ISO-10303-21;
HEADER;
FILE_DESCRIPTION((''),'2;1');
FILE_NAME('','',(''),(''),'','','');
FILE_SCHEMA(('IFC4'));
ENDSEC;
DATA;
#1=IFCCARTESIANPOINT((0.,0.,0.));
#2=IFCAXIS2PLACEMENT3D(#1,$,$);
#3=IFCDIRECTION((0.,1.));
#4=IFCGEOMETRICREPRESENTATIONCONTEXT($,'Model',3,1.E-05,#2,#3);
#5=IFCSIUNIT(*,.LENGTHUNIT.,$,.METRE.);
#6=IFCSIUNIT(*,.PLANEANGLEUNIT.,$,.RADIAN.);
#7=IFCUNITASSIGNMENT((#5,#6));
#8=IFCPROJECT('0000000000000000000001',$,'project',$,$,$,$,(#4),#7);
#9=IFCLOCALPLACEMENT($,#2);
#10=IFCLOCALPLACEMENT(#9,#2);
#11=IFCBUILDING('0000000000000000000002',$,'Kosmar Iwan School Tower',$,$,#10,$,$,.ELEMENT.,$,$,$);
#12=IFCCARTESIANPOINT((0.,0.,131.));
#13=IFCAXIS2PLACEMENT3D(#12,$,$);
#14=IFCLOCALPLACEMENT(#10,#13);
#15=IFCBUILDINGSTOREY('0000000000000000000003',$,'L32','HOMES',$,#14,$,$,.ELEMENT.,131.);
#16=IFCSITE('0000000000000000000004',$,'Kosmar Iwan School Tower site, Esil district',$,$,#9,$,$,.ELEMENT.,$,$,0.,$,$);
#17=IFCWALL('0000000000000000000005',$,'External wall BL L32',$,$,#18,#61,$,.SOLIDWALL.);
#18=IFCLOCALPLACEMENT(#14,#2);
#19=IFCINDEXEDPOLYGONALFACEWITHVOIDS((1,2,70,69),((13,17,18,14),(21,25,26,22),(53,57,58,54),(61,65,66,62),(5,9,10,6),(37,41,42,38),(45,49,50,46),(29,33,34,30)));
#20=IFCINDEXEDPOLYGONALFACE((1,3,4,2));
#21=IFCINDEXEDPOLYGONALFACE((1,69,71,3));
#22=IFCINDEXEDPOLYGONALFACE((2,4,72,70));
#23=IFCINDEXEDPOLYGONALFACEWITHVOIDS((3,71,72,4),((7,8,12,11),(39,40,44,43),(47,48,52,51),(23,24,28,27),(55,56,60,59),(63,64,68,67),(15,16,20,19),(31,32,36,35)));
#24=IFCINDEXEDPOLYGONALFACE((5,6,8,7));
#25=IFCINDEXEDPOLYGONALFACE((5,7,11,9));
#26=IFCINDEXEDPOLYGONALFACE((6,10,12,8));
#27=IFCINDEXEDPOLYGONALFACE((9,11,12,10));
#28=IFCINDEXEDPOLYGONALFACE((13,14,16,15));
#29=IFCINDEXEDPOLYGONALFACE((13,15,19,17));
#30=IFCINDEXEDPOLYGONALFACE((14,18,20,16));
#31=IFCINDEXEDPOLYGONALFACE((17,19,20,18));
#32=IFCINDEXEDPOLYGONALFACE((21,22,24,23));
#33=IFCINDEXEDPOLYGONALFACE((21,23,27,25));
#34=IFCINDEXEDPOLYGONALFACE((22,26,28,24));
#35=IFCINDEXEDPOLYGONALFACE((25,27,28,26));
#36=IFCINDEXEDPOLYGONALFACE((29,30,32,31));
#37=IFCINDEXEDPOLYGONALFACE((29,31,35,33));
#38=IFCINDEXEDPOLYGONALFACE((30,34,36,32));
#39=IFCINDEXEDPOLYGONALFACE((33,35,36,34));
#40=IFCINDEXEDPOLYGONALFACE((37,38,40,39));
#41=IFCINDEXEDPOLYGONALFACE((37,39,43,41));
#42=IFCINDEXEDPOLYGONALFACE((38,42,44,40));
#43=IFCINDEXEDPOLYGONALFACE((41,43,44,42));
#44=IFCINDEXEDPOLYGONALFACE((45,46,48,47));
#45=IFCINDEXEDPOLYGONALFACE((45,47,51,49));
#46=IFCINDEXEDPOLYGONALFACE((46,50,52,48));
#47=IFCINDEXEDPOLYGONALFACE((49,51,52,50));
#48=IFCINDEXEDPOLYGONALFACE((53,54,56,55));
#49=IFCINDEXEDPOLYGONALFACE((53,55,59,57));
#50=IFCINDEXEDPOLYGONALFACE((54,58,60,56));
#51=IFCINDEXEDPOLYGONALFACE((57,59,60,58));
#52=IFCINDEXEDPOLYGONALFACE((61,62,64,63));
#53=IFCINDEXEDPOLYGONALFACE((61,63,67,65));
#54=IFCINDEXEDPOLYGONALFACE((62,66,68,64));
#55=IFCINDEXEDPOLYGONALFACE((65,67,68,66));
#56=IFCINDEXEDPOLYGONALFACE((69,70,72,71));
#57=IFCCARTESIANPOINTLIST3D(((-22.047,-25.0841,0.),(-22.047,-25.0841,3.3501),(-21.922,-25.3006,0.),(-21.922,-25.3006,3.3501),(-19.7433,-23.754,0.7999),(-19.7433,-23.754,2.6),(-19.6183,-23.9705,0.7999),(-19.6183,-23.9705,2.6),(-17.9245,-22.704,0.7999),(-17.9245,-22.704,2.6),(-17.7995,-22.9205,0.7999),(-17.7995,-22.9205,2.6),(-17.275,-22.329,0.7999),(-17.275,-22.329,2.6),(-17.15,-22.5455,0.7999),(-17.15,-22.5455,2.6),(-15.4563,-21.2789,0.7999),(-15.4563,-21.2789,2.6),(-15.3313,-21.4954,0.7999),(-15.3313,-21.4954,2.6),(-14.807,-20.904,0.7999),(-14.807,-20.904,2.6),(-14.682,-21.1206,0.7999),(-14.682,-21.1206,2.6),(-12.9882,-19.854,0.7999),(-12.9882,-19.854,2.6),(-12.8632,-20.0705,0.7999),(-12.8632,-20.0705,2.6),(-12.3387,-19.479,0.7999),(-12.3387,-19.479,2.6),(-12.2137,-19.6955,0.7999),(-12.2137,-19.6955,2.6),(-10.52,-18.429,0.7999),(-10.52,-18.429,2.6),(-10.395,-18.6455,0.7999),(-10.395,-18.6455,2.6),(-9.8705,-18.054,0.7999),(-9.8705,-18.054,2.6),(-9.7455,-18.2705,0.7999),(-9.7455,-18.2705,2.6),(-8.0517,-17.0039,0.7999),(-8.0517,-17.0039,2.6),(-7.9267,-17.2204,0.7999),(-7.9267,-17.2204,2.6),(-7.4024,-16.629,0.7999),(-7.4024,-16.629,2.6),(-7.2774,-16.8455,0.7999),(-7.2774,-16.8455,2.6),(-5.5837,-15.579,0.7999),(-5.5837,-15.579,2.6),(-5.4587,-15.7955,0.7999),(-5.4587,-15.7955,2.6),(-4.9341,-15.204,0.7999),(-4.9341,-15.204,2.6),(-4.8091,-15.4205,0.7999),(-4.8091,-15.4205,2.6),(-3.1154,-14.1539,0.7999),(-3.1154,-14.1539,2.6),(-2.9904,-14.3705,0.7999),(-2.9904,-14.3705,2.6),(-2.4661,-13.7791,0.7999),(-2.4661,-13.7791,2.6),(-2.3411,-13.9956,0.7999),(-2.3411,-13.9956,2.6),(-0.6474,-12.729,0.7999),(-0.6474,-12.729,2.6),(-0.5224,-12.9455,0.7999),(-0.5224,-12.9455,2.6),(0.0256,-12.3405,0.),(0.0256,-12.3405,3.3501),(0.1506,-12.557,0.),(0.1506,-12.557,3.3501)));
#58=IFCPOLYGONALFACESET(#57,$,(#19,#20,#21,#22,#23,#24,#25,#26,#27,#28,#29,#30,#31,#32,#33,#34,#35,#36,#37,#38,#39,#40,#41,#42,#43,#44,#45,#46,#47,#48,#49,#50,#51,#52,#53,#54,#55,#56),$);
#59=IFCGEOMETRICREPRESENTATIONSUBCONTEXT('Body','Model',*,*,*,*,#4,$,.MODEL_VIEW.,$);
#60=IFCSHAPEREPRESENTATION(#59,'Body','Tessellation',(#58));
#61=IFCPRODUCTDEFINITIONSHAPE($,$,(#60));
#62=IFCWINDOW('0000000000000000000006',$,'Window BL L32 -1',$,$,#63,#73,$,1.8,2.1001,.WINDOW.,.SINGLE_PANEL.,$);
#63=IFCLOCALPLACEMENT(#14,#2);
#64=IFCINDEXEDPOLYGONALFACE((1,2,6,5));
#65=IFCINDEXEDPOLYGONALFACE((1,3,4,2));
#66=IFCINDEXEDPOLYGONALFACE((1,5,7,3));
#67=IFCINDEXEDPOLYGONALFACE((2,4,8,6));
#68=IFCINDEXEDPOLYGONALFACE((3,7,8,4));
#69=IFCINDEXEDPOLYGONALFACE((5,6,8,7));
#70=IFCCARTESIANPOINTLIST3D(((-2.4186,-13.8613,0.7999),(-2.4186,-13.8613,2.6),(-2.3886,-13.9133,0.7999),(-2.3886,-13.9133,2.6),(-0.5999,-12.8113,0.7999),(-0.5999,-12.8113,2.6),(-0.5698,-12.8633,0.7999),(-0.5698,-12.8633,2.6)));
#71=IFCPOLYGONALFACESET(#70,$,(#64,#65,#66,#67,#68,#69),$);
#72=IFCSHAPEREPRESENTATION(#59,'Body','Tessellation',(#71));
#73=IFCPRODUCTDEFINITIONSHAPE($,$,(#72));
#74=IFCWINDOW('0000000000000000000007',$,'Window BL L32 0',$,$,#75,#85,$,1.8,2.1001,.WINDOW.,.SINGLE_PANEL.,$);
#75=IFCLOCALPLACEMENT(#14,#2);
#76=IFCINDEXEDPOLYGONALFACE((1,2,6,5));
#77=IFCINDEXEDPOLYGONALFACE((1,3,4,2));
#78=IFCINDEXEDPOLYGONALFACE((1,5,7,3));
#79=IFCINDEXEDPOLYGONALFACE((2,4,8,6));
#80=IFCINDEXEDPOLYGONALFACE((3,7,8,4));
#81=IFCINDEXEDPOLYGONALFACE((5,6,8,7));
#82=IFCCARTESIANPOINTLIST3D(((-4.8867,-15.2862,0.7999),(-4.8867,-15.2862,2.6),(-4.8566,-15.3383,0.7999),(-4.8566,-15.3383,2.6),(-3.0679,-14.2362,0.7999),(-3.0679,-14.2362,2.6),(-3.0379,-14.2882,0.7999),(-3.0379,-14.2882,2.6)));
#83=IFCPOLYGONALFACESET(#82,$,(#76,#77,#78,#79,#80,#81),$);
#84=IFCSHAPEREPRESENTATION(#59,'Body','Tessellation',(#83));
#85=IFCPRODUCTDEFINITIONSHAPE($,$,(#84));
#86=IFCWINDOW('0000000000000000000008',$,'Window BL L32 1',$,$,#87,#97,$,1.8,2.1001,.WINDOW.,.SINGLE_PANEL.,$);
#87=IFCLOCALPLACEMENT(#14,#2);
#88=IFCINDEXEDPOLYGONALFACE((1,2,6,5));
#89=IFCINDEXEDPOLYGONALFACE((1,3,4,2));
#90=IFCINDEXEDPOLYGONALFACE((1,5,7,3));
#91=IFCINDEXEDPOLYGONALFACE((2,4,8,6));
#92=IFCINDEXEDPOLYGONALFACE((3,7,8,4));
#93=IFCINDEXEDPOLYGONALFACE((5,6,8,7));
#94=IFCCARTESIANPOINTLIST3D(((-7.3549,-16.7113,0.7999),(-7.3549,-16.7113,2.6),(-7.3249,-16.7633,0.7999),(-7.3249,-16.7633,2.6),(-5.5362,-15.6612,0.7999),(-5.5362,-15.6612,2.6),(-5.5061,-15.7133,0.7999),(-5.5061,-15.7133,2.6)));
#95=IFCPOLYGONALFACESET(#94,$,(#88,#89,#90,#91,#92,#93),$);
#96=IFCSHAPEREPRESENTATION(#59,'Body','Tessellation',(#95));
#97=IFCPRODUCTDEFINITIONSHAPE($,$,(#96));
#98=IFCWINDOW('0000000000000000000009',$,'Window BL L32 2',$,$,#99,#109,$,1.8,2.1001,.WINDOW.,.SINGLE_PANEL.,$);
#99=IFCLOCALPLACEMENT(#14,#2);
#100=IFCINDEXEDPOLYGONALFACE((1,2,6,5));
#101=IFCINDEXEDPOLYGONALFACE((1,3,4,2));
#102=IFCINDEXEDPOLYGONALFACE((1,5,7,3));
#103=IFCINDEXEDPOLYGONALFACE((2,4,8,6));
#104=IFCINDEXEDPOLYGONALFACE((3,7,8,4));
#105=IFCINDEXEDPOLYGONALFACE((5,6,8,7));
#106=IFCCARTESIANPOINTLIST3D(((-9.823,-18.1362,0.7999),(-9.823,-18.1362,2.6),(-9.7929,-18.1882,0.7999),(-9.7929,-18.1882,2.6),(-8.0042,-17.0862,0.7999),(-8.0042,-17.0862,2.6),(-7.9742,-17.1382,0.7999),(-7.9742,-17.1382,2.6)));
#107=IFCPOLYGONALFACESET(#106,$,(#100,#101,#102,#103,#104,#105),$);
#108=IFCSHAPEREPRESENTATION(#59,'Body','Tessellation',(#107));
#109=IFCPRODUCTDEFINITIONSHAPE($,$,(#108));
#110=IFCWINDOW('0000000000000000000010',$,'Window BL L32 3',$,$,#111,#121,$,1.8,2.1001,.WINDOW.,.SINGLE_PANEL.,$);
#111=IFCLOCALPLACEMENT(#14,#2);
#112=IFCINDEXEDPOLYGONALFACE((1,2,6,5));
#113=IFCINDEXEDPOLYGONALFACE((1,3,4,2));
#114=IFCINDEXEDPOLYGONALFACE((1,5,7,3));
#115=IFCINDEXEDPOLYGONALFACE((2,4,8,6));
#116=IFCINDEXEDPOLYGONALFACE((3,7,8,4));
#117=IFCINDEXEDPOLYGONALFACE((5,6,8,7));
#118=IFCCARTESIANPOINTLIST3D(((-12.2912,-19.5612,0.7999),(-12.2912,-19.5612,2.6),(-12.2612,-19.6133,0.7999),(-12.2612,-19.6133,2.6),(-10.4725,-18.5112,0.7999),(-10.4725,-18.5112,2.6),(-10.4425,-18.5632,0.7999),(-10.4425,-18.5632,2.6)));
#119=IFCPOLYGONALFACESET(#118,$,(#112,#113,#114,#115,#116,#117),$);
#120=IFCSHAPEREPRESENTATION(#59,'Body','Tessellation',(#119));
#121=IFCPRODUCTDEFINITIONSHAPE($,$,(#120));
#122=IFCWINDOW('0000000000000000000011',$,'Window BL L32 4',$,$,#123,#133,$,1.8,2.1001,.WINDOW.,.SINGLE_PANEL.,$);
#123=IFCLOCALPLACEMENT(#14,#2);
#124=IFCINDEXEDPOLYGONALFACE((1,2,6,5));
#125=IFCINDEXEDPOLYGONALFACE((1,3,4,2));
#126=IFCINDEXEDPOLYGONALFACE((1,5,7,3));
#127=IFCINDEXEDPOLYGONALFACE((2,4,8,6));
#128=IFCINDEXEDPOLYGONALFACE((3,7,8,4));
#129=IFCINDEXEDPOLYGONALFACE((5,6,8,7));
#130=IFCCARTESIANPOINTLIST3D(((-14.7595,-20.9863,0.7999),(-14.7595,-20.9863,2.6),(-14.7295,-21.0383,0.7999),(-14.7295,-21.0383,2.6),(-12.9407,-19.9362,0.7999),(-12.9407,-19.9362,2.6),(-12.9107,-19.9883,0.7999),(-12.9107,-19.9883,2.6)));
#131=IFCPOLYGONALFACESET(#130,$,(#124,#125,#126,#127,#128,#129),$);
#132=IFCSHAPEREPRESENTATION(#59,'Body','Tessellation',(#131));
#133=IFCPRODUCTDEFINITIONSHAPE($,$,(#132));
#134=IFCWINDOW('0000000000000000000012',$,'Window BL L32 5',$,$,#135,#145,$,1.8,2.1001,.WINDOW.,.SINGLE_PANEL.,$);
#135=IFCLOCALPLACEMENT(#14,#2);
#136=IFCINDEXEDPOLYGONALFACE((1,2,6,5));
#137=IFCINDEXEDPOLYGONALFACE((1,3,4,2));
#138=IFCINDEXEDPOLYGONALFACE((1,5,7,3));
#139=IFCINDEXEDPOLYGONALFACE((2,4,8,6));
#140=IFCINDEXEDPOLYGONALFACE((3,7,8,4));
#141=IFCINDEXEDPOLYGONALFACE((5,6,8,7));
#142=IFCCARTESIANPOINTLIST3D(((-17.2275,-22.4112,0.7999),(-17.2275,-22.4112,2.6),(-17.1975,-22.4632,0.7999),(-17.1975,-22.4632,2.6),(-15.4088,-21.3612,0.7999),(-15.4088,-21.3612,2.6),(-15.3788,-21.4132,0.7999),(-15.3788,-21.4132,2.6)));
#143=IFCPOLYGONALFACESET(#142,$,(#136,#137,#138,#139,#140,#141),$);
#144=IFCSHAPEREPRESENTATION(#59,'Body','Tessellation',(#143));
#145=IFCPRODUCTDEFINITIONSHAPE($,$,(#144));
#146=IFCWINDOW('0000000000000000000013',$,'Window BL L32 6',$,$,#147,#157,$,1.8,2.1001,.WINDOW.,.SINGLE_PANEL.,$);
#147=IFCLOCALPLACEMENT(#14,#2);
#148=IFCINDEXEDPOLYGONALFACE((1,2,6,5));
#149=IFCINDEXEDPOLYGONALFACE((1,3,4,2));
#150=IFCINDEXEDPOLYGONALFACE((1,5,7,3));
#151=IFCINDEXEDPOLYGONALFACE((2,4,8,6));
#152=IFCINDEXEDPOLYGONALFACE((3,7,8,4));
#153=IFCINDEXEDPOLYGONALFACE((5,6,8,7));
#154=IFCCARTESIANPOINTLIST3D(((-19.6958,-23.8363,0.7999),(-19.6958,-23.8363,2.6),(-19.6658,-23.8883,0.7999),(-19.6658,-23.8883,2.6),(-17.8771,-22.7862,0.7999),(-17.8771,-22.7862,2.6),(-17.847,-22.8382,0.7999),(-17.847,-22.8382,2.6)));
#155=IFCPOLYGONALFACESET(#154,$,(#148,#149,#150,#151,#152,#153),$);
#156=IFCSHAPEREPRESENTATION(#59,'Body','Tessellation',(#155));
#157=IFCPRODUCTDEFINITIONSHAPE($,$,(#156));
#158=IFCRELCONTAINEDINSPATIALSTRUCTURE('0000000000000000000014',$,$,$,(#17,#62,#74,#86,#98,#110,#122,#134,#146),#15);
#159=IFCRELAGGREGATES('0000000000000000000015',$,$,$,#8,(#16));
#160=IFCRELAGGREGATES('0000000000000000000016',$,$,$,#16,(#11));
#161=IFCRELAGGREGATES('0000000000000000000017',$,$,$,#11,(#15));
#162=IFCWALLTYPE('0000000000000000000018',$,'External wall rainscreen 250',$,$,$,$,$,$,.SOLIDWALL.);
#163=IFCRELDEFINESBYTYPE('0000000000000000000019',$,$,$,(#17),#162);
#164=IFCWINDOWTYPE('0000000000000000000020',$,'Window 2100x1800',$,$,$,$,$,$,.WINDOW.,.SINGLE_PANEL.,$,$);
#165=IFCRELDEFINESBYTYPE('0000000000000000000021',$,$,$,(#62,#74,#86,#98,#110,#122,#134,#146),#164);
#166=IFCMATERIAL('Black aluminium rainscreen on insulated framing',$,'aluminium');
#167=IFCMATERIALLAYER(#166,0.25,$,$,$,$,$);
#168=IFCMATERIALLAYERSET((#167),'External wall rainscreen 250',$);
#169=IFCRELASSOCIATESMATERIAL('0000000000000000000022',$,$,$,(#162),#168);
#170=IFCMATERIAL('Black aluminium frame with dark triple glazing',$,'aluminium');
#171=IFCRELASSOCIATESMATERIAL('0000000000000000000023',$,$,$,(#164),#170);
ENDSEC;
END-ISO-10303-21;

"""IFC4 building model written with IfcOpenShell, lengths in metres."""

from ifc_helpers import new_model, si_unit, direction, frame, frame_2d, origin, place, context, subcontext, project, spatial, rectangle, extrude, material, layer, layer_set, type_object, element, fill, save


model = new_model("IFC4")

# Units and contexts
model_context = context("Model", 3, precision=1e-05, world=origin(), true_north=direction((0.0, 1.0)))
body_context = subcontext(model_context, "Body", "Model", "MODEL_VIEW")
ifc_project = project(units=[si_unit("LENGTHUNIT", "METRE"), si_unit("PLANEANGLEUNIT", "RADIAN")], contexts=[model_context])

# Site, building, storey
site_placement = place(None, origin())
site = spatial("IfcSite", under=ifc_project, at=site_placement, Name="Kosmar Iwan School Tower site, Esil district", CompositionType="ELEMENT", RefElevation=0.0)
building_placement = place(site_placement, origin())
building = spatial("IfcBuilding", under=site, at=building_placement, Name="Kosmar Iwan School Tower", CompositionType="ELEMENT")
storey_placement = place(building_placement, frame((0.0, 0.0, 131.0)))
storey = spatial("IfcBuildingStorey", under=building, at=storey_placement, Name="L32", Description="HOMES", CompositionType="ELEMENT", Elevation=131.0)

# Wall, openings, windows
ifc_material_1 = material(Name="Black aluminium rainscreen on insulated framing", Category="aluminium")
ifc_layer = layer(ifc_material_1, 0.25)
ifc_layer_set = layer_set([ifc_layer], Name="External wall rainscreen 250")
wall_type = type_object("IfcWallType", Name="External wall rainscreen 250", PredefinedType="SOLIDWALL", material=ifc_layer_set)
wall_1_placement = place(storey_placement, frame((0.0881, -12.4487, 0.0), z_axis=(0.0, 0.0, 1.0), x_axis=(-0.866026, -0.499998, 0.0)))
wall_1 = element("IfcWall", 1, at=wall_1_placement, inside=storey, type_object=wall_type, Name="External wall BL L32", PredefinedType="SOLIDWALL", context=body_context, shape_type="SweptSolid", body=[
    extrude(rectangle(XDim=25.4873, YDim=0.25, at=frame_2d((12.7437, 0.0))), origin(), (0.0, 0.0, 1.0), 3.3501),
])
opening_1_placement = place(wall_1_placement, frame((0.7771, 0.0, 0.8)))
opening_1 = element("IfcOpeningElement", 2, at=opening_1_placement, cuts=wall_1, PredefinedType="OPENING", context=body_context, shape_type="SweptSolid", body=[
    extrude(rectangle(XDim=2.1001, YDim=1.8, at=frame_2d((1.05, 0.8999))), frame((0.0, 0.137, 0.0), z_axis=(0.0, -1.0, 0.0), x_axis=(1.0, 0.0, 0.0)), (0.0, 0.0, 1.0), 0.2739),
])
opening_2_placement = place(wall_1_placement, frame((3.627, 0.0, 0.8)))
opening_2 = element("IfcOpeningElement", 3, at=opening_2_placement, cuts=wall_1, PredefinedType="OPENING", context=body_context, shape_type="SweptSolid", body=[
    extrude(rectangle(XDim=2.1001, YDim=1.8, at=frame_2d((1.05, 0.8999))), frame((0.0, 0.137, 0.0), z_axis=(0.0, -1.0, 0.0), x_axis=(1.0, 0.0, 0.0)), (0.0, 0.0, 1.0), 0.2739),
])
opening_3_placement = place(wall_1_placement, frame((6.4771, 0.0, 0.8)))
opening_3 = element("IfcOpeningElement", 4, at=opening_3_placement, cuts=wall_1, PredefinedType="OPENING", context=body_context, shape_type="SweptSolid", body=[
    extrude(rectangle(XDim=2.1001, YDim=1.8, at=frame_2d((1.05, 0.8999))), frame((0.0, 0.137, 0.0), z_axis=(0.0, -1.0, 0.0), x_axis=(1.0, 0.0, 0.0)), (0.0, 0.0, 1.0), 0.2739),
])
opening_4_placement = place(wall_1_placement, frame((9.3269, 0.0, 0.8)))
opening_4 = element("IfcOpeningElement", 5, at=opening_4_placement, cuts=wall_1, PredefinedType="OPENING", context=body_context, shape_type="SweptSolid", body=[
    extrude(rectangle(XDim=2.1001, YDim=1.8, at=frame_2d((1.05, 0.8999))), frame((0.0, 0.137, 0.0), z_axis=(0.0, -1.0, 0.0), x_axis=(1.0, 0.0, 0.0)), (0.0, 0.0, 1.0), 0.2739),
])
opening_5_placement = place(wall_1_placement, frame((12.177, 0.0, 0.8)))
opening_5 = element("IfcOpeningElement", 6, at=opening_5_placement, cuts=wall_1, PredefinedType="OPENING", context=body_context, shape_type="SweptSolid", body=[
    extrude(rectangle(XDim=2.1001, YDim=1.8, at=frame_2d((1.05, 0.8999))), frame((0.0, 0.137, 0.0), z_axis=(0.0, -1.0, 0.0), x_axis=(1.0, 0.0, 0.0)), (0.0, 0.0, 1.0), 0.2739),
])
opening_6_placement = place(wall_1_placement, frame((15.0271, 0.0, 0.8)))
opening_6 = element("IfcOpeningElement", 7, at=opening_6_placement, cuts=wall_1, PredefinedType="OPENING", context=body_context, shape_type="SweptSolid", body=[
    extrude(rectangle(XDim=2.1001, YDim=1.8, at=frame_2d((1.05, 0.8999))), frame((0.0, 0.137, 0.0), z_axis=(0.0, -1.0, 0.0), x_axis=(1.0, 0.0, 0.0)), (0.0, 0.0, 1.0), 0.2739),
])
opening_7_placement = place(wall_1_placement, frame((17.877, 0.0, 0.8)))
opening_7 = element("IfcOpeningElement", 8, at=opening_7_placement, cuts=wall_1, PredefinedType="OPENING", context=body_context, shape_type="SweptSolid", body=[
    extrude(rectangle(XDim=2.1001, YDim=1.8, at=frame_2d((1.05, 0.8999))), frame((0.0, 0.137, 0.0), z_axis=(0.0, -1.0, 0.0), x_axis=(1.0, 0.0, 0.0)), (0.0, 0.0, 1.0), 0.2739),
])
opening_8_placement = place(wall_1_placement, frame((20.7271, 0.0, 0.8)))
opening_8 = element("IfcOpeningElement", 9, at=opening_8_placement, cuts=wall_1, PredefinedType="OPENING", context=body_context, shape_type="SweptSolid", body=[
    extrude(rectangle(XDim=2.1001, YDim=1.8, at=frame_2d((1.05, 0.8999))), frame((0.0, 0.137, 0.0), z_axis=(0.0, -1.0, 0.0), x_axis=(1.0, 0.0, 0.0)), (0.0, 0.0, 1.0), 0.2739),
])
ifc_material_2 = material(Name="Black aluminium frame with dark triple glazing", Category="aluminium")
window_type = type_object("IfcWindowType", Name="Window 2100x1800", PartitioningType="SINGLE_PANEL", PredefinedType="WINDOW", material=ifc_material_2)
window_1_placement = place(opening_1_placement, origin())
window_1 = element("IfcWindow", 10, at=window_1_placement, inside=storey, type_object=window_type, Name="Window BL L32 -1", OverallHeight=1.8, OverallWidth=2.1001, PartitioningType="SINGLE_PANEL", PredefinedType="WINDOW", context=body_context, shape_type="SweptSolid", body=[
    extrude(rectangle(XDim=2.1001, YDim=1.8, at=frame_2d((1.05, 0.8999))), frame((0.0, 0.03, 0.0), z_axis=(0.0, -1.0, 0.0), x_axis=(1.0, 0.0, 0.0)), (0.0, 0.0, 1.0), 0.0601),
])
fill(opening_1, window_1)
window_2_placement = place(opening_2_placement, origin())
window_2 = element("IfcWindow", 11, at=window_2_placement, inside=storey, type_object=window_type, Name="Window BL L32 0", OverallHeight=1.8, OverallWidth=2.1001, PartitioningType="SINGLE_PANEL", PredefinedType="WINDOW", context=body_context, shape_type="SweptSolid", body=[
    extrude(rectangle(XDim=2.1001, YDim=1.8, at=frame_2d((1.05, 0.8999))), frame((0.0, 0.03, 0.0), z_axis=(0.0, -1.0, 0.0), x_axis=(1.0, 0.0, 0.0)), (0.0, 0.0, 1.0), 0.0601),
])
fill(opening_2, window_2)
window_3_placement = place(opening_3_placement, origin())
window_3 = element("IfcWindow", 12, at=window_3_placement, inside=storey, type_object=window_type, Name="Window BL L32 1", OverallHeight=1.8, OverallWidth=2.1001, PartitioningType="SINGLE_PANEL", PredefinedType="WINDOW", context=body_context, shape_type="SweptSolid", body=[
    extrude(rectangle(XDim=2.1001, YDim=1.8, at=frame_2d((1.05, 0.8999))), frame((0.0, 0.03, 0.0), z_axis=(0.0, -1.0, 0.0), x_axis=(1.0, 0.0, 0.0)), (0.0, 0.0, 1.0), 0.0601),
])
fill(opening_3, window_3)
window_4_placement = place(opening_4_placement, origin())
window_4 = element("IfcWindow", 13, at=window_4_placement, inside=storey, type_object=window_type, Name="Window BL L32 2", OverallHeight=1.8, OverallWidth=2.1001, PartitioningType="SINGLE_PANEL", PredefinedType="WINDOW", context=body_context, shape_type="SweptSolid", body=[
    extrude(rectangle(XDim=2.1001, YDim=1.8, at=frame_2d((1.05, 0.8999))), frame((0.0, 0.03, 0.0), z_axis=(0.0, -1.0, 0.0), x_axis=(1.0, 0.0, 0.0)), (0.0, 0.0, 1.0), 0.0601),
])
fill(opening_4, window_4)
window_5_placement = place(opening_5_placement, origin())
window_5 = element("IfcWindow", 14, at=window_5_placement, inside=storey, type_object=window_type, Name="Window BL L32 3", OverallHeight=1.8, OverallWidth=2.1001, PartitioningType="SINGLE_PANEL", PredefinedType="WINDOW", context=body_context, shape_type="SweptSolid", body=[
    extrude(rectangle(XDim=2.1001, YDim=1.8, at=frame_2d((1.05, 0.8999))), frame((0.0, 0.03, 0.0), z_axis=(0.0, -1.0, 0.0), x_axis=(1.0, 0.0, 0.0)), (0.0, 0.0, 1.0), 0.0601),
])
fill(opening_5, window_5)
window_6_placement = place(opening_6_placement, origin())
window_6 = element("IfcWindow", 15, at=window_6_placement, inside=storey, type_object=window_type, Name="Window BL L32 4", OverallHeight=1.8, OverallWidth=2.1001, PartitioningType="SINGLE_PANEL", PredefinedType="WINDOW", context=body_context, shape_type="SweptSolid", body=[
    extrude(rectangle(XDim=2.1001, YDim=1.8, at=frame_2d((1.05, 0.8999))), frame((0.0, 0.03, 0.0), z_axis=(0.0, -1.0, 0.0), x_axis=(1.0, 0.0, 0.0)), (0.0, 0.0, 1.0), 0.0601),
])
fill(opening_6, window_6)
window_7_placement = place(opening_7_placement, origin())
window_7 = element("IfcWindow", 16, at=window_7_placement, inside=storey, type_object=window_type, Name="Window BL L32 5", OverallHeight=1.8, OverallWidth=2.1001, PartitioningType="SINGLE_PANEL", PredefinedType="WINDOW", context=body_context, shape_type="SweptSolid", body=[
    extrude(rectangle(XDim=2.1001, YDim=1.8, at=frame_2d((1.05, 0.8999))), frame((0.0, 0.03, 0.0), z_axis=(0.0, -1.0, 0.0), x_axis=(1.0, 0.0, 0.0)), (0.0, 0.0, 1.0), 0.0601),
])
fill(opening_7, window_7)
window_8_placement = place(opening_8_placement, origin())
window_8 = element("IfcWindow", 17, at=window_8_placement, inside=storey, type_object=window_type, Name="Window BL L32 6", OverallHeight=1.8, OverallWidth=2.1001, PartitioningType="SINGLE_PANEL", PredefinedType="WINDOW", context=body_context, shape_type="SweptSolid", body=[
    extrude(rectangle(XDim=2.1001, YDim=1.8, at=frame_2d((1.05, 0.8999))), frame((0.0, 0.03, 0.0), z_axis=(0.0, -1.0, 0.0), x_axis=(1.0, 0.0, 0.0)), (0.0, 0.0, 1.0), 0.0601),
])
fill(opening_8, window_8)

save(model, "model.ifc")
